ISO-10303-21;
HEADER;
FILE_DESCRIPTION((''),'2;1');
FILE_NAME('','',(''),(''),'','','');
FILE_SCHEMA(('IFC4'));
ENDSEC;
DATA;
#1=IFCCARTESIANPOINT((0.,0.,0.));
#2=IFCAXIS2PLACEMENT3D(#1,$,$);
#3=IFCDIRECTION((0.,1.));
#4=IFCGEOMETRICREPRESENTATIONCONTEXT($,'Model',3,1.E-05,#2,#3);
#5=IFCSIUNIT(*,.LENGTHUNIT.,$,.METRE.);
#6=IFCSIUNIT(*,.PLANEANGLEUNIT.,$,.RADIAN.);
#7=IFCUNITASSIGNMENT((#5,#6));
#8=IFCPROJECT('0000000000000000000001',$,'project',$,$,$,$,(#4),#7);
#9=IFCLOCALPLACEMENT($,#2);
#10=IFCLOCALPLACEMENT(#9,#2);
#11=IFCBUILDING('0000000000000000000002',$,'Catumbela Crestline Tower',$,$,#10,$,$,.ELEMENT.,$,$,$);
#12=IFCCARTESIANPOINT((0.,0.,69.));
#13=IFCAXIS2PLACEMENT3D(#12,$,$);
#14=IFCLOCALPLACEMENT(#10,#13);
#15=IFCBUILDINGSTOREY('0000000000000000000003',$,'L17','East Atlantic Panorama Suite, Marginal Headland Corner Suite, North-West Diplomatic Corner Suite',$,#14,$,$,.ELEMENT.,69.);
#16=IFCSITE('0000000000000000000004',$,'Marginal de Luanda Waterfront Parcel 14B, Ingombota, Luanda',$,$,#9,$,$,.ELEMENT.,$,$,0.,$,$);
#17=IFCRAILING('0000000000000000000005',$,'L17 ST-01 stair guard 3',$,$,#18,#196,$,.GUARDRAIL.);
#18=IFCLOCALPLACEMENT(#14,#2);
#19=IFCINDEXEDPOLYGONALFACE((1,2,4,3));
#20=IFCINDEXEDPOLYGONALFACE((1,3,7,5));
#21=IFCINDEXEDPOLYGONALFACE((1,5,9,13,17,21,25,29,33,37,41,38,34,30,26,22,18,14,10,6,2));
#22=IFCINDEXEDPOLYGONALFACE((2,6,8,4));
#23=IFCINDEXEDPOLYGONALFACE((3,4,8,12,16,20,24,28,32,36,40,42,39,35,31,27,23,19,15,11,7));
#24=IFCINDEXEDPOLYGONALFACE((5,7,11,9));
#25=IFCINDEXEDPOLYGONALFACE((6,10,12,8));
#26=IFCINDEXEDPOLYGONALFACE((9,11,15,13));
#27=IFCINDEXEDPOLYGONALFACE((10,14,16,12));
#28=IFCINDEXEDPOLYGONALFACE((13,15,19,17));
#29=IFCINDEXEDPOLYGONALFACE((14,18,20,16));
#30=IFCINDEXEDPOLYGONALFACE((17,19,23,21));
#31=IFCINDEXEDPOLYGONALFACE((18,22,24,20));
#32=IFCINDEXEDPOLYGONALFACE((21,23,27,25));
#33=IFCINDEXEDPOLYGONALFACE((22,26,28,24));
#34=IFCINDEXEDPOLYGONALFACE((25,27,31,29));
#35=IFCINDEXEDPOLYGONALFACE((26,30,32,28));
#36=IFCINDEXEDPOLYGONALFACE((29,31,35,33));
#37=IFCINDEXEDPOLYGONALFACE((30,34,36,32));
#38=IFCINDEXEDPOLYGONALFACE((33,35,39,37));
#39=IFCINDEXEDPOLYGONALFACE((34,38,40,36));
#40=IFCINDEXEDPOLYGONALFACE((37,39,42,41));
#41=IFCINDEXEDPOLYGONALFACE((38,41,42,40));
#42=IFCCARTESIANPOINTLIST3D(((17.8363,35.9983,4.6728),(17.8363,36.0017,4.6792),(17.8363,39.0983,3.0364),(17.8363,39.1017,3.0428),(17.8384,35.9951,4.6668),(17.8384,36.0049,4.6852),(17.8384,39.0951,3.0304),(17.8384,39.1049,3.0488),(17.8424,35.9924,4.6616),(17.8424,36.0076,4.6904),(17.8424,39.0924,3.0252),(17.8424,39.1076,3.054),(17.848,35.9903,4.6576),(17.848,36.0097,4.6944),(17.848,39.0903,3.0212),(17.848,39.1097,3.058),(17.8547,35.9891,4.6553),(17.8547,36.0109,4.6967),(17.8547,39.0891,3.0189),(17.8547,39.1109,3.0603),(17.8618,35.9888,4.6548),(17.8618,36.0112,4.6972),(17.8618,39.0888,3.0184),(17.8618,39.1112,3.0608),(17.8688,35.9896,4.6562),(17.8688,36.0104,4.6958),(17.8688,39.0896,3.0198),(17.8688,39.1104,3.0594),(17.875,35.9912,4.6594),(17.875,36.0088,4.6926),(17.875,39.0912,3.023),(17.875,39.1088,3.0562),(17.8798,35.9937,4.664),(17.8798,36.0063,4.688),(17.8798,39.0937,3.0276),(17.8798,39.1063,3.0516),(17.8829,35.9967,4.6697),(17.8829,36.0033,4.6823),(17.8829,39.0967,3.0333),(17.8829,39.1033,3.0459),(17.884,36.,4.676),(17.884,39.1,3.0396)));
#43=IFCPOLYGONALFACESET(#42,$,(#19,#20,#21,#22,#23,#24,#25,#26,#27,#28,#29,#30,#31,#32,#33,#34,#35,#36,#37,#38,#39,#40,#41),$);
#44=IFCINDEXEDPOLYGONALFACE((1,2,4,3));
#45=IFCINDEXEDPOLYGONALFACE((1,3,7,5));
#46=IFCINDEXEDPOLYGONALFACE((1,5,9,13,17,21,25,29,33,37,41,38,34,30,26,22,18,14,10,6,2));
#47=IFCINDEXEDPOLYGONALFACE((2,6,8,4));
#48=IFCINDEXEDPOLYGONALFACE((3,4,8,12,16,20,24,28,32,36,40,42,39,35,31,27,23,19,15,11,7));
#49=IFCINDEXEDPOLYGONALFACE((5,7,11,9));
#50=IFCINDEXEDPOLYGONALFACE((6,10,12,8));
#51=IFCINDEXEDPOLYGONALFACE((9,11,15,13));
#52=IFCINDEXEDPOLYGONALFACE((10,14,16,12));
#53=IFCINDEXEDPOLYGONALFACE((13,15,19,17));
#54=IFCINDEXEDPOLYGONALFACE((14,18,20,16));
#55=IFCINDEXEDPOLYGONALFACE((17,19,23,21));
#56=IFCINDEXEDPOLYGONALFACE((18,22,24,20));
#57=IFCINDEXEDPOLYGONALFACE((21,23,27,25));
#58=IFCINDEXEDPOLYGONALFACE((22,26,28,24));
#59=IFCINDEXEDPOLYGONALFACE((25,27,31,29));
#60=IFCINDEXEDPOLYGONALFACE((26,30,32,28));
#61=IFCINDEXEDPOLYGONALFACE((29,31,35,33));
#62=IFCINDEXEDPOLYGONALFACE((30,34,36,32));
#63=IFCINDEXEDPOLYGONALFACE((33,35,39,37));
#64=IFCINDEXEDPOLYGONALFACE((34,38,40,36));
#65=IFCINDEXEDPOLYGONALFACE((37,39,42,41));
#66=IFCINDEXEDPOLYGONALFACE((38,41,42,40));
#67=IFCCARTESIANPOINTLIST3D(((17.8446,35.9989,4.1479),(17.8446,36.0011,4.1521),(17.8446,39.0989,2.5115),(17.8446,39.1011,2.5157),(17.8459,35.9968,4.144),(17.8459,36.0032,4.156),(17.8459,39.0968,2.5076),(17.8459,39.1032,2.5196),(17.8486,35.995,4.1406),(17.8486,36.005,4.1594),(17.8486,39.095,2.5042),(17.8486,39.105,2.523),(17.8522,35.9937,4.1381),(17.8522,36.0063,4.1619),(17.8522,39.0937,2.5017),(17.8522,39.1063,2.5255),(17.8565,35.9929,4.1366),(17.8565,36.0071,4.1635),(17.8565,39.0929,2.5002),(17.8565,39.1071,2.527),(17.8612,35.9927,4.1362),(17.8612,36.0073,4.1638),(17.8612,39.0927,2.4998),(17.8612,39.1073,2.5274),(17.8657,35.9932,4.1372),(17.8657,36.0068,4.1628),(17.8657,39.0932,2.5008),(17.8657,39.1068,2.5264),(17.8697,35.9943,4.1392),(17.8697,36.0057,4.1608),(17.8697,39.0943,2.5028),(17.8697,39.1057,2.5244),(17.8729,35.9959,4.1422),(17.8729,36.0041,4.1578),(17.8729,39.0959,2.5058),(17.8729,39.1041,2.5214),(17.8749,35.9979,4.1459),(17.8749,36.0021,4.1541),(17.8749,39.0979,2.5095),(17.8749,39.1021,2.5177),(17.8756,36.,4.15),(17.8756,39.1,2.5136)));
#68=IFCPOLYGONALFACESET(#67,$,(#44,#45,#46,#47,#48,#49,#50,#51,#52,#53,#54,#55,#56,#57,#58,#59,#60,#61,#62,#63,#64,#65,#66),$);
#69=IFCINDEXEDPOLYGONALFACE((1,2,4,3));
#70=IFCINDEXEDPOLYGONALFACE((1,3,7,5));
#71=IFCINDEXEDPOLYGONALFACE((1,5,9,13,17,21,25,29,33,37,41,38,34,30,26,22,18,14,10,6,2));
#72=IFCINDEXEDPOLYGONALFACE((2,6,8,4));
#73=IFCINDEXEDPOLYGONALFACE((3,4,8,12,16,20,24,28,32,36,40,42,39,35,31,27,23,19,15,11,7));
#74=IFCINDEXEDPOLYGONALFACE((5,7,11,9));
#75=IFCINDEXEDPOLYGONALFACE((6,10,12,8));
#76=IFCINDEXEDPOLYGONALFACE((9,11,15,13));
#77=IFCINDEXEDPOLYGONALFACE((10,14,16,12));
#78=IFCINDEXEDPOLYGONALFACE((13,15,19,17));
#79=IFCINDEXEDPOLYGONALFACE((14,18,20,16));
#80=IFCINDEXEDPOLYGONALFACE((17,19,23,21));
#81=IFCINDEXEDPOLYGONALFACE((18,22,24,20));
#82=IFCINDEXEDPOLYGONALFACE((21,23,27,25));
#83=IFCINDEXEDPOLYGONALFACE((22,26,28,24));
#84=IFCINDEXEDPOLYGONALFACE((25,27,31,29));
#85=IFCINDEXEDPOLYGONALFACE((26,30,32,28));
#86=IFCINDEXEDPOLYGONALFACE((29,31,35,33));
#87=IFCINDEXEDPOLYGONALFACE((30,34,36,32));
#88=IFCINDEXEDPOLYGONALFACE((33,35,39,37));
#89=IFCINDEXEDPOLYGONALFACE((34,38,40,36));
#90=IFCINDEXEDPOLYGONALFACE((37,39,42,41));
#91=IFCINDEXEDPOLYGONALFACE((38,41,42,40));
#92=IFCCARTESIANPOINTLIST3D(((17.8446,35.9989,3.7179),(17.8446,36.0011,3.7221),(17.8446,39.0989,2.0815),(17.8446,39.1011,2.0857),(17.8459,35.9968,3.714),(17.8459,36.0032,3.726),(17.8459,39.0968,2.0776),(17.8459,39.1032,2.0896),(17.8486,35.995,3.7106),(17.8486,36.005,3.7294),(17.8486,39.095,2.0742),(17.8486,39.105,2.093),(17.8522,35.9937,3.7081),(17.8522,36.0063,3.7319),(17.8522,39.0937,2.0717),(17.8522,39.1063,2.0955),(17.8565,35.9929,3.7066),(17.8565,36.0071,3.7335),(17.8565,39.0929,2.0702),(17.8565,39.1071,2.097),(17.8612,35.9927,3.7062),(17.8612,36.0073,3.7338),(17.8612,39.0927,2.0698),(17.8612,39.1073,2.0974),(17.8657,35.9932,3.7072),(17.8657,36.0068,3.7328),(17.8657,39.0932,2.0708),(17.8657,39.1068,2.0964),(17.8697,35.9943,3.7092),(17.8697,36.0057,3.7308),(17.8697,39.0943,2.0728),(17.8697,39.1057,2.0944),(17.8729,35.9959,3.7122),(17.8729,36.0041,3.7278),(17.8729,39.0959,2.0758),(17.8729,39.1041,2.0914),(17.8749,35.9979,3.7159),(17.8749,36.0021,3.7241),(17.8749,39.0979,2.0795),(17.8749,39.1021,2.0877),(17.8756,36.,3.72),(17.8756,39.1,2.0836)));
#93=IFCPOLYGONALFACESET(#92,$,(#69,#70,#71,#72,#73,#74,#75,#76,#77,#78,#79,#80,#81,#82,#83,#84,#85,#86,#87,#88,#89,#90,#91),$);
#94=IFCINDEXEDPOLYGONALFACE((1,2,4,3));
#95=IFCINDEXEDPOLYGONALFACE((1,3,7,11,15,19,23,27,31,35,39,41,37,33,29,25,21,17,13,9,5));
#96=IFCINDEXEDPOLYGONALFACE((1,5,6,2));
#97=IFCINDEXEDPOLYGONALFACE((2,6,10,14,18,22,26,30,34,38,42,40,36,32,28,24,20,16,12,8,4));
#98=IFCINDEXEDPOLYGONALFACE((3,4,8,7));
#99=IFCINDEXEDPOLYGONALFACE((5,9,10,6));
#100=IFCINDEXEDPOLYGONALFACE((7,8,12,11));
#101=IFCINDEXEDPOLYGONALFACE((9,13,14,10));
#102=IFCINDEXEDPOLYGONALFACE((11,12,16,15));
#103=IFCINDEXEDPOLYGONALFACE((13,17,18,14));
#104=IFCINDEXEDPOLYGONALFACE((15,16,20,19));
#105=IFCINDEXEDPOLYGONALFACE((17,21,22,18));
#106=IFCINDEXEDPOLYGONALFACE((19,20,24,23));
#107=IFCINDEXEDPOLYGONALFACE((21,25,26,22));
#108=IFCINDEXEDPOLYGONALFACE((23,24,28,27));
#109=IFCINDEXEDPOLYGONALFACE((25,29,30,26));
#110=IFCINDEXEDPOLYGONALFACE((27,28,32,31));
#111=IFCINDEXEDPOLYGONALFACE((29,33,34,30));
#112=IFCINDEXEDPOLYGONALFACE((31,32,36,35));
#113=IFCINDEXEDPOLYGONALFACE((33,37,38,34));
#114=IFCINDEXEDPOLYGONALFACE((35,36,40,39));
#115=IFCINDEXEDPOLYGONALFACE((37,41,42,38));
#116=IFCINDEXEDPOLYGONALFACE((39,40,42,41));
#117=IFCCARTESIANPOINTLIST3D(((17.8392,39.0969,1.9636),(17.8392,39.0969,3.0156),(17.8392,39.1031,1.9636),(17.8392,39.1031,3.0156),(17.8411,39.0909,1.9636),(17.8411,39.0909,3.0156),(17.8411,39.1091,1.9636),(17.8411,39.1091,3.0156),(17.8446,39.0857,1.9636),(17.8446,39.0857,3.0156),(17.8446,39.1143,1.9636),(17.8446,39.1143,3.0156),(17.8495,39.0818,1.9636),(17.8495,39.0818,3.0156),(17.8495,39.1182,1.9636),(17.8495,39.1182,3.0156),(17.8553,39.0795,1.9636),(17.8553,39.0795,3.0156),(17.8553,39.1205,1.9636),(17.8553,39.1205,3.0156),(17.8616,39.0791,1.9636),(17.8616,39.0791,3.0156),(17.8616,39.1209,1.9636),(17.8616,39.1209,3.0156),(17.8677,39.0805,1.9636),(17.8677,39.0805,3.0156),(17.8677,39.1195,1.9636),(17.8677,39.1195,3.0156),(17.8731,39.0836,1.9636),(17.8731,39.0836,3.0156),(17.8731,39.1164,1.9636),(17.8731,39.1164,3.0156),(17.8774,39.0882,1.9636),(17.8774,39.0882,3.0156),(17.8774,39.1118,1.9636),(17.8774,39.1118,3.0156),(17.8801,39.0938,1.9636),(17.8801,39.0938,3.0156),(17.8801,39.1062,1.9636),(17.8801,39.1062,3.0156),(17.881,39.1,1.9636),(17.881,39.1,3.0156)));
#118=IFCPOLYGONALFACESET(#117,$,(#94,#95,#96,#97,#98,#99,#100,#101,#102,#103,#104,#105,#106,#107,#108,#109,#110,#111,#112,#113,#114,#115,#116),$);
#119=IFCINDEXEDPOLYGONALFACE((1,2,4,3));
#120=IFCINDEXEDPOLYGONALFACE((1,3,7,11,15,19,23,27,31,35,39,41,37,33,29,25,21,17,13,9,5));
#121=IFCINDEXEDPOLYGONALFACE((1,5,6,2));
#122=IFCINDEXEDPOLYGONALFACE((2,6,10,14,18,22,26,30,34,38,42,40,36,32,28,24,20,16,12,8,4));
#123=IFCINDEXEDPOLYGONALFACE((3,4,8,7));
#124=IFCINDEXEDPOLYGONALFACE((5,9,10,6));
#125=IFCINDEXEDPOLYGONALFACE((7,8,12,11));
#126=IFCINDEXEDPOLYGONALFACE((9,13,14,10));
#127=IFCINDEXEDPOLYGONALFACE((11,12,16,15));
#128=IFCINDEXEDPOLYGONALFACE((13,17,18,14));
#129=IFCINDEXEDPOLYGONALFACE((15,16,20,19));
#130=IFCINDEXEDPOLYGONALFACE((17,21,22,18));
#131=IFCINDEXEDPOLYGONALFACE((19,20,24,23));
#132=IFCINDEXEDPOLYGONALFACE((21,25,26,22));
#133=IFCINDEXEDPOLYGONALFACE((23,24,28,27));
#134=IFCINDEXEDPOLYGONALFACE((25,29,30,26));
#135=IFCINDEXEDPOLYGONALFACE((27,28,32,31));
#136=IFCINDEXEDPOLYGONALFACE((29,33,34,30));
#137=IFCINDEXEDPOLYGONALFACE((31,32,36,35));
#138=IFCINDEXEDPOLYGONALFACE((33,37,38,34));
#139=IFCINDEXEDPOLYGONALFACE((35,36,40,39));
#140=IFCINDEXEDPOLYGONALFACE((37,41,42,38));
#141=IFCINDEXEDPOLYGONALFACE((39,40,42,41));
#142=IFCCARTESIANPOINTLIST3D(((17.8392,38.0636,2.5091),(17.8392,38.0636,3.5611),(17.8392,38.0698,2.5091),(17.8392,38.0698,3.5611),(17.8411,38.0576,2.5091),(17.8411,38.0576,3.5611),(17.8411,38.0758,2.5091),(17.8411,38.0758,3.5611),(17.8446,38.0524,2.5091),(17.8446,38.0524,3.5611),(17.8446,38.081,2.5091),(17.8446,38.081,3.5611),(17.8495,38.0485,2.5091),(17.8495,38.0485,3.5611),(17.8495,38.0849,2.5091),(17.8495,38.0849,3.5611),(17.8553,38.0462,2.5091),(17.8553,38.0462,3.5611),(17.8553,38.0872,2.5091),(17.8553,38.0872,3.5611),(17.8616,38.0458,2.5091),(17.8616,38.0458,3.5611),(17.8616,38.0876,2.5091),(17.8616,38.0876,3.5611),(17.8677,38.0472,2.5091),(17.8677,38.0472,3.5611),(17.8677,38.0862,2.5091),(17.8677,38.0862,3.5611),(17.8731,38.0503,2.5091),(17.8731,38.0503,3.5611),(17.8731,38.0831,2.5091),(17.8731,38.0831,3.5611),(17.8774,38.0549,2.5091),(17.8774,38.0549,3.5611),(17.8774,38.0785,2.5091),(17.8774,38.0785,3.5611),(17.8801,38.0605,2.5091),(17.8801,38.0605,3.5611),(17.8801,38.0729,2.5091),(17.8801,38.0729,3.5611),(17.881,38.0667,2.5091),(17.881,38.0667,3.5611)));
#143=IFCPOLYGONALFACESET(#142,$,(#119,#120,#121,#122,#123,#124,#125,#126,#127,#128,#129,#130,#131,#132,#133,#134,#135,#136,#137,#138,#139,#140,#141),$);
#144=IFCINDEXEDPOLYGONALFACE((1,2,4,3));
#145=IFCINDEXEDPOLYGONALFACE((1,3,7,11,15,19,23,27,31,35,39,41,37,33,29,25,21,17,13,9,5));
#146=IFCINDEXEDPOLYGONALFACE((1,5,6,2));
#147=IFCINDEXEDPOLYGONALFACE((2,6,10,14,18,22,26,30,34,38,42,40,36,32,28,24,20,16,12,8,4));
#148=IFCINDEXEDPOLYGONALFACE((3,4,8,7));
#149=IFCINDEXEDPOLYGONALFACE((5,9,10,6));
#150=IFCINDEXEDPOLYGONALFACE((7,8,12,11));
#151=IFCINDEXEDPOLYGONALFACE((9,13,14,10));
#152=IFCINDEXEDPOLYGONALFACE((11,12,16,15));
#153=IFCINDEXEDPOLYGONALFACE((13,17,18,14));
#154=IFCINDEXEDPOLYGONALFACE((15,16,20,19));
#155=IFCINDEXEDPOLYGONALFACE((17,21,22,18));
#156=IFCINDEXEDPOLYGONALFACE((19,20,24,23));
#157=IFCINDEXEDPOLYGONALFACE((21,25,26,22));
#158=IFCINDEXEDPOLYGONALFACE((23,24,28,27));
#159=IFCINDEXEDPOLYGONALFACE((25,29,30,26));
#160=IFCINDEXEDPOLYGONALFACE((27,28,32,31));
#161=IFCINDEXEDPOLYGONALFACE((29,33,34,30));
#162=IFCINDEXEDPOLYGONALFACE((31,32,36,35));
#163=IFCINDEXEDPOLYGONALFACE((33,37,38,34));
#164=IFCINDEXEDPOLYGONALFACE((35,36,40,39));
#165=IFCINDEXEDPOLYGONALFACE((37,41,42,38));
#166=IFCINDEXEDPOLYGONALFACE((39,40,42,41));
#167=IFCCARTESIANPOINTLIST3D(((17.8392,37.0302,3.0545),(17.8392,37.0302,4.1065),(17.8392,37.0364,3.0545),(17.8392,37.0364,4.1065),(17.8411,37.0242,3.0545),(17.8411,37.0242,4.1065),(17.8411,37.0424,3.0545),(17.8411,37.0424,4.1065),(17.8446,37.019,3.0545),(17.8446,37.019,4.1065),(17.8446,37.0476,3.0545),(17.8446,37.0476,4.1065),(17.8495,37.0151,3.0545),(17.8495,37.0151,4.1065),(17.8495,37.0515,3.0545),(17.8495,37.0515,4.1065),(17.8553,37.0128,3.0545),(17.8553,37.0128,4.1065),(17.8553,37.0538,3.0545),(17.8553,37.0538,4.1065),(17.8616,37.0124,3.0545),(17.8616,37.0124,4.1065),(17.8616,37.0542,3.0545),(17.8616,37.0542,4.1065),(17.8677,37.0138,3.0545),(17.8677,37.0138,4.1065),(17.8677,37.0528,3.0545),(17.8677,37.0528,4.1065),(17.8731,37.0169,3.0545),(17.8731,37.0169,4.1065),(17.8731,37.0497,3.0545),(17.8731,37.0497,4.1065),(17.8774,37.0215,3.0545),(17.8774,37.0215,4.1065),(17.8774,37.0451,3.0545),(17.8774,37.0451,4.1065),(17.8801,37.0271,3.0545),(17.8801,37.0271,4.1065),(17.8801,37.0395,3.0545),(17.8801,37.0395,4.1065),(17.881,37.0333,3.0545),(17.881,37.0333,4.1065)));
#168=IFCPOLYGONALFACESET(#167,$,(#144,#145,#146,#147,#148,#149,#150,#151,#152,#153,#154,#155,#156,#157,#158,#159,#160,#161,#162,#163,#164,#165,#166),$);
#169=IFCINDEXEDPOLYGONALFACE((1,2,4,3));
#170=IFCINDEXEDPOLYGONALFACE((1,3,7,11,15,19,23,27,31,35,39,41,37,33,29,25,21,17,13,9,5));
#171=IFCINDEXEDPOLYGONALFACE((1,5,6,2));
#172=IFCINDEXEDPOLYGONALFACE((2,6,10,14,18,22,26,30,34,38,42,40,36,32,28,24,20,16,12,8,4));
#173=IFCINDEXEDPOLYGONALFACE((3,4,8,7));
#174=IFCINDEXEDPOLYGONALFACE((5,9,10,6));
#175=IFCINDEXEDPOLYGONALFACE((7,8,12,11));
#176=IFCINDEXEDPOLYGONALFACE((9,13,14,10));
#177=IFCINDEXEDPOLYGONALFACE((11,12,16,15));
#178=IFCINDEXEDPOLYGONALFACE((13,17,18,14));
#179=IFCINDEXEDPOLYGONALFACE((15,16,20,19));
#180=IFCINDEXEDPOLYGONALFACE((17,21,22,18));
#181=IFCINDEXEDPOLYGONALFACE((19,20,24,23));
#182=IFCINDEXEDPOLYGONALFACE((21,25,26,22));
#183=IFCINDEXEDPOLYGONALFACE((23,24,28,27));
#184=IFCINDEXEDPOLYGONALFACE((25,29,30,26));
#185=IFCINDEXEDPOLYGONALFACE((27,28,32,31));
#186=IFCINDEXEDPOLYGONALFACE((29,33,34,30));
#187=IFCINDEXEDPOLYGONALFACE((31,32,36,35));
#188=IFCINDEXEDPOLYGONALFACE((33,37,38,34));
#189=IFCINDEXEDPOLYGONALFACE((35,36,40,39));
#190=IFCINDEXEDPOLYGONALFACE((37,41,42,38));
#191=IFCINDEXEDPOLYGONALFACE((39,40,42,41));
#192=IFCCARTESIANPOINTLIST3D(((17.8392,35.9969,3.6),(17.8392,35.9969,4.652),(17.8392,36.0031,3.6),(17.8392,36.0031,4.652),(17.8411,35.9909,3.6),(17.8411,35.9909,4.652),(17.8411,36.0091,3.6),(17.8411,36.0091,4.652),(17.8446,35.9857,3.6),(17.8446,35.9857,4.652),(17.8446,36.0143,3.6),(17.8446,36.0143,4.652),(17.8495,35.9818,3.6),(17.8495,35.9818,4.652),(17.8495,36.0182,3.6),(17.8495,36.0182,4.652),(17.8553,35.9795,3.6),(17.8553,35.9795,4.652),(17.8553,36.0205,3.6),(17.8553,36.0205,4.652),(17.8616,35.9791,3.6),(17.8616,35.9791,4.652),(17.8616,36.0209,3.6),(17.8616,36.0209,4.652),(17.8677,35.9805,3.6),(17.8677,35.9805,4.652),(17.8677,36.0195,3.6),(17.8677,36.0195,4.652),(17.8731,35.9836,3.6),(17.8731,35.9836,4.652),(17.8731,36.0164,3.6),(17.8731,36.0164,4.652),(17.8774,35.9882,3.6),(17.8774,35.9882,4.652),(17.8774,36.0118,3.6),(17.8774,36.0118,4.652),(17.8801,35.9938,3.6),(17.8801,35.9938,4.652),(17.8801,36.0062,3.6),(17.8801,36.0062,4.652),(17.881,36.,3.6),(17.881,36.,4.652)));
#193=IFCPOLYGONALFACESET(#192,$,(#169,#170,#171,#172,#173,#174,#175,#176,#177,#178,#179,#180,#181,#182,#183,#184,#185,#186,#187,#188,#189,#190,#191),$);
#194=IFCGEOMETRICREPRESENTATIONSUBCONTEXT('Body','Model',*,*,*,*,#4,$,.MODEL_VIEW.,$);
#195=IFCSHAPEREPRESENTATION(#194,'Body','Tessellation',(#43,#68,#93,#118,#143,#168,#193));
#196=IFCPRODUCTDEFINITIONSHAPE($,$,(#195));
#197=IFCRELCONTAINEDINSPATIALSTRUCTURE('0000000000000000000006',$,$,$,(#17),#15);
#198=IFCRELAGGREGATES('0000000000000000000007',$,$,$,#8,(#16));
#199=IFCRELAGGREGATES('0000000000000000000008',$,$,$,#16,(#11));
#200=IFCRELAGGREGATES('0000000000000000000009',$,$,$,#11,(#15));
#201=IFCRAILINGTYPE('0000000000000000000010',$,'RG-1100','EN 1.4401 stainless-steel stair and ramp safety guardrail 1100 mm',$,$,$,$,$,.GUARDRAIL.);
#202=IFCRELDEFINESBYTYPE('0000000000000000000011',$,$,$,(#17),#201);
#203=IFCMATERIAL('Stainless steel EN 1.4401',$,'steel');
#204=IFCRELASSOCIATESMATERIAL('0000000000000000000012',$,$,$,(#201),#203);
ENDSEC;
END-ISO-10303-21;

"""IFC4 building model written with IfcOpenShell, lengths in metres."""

from ifc_helpers import new_model, si_unit, direction, frame, origin, origin_2d, place, context, subcontext, project, spatial, circle, extrude, material, type_object, element, save


model = new_model("IFC4")

# Units and contexts
model_context = context("Model", 3, precision=1e-05, world=origin(), true_north=direction((0.0, 1.0)))
body_context = subcontext(model_context, "Body", "Model", "MODEL_VIEW")
ifc_project = project(units=[si_unit("LENGTHUNIT", "METRE"), si_unit("PLANEANGLEUNIT", "RADIAN")], contexts=[model_context])

# Site, building, storey
site_placement = place(None, origin())
site = spatial("IfcSite", under=ifc_project, at=site_placement, Name="Marginal de Luanda Waterfront Parcel 14B, Ingombota, Luanda", CompositionType="ELEMENT", RefElevation=0.0)
building_placement = place(site_placement, origin())
building = spatial("IfcBuilding", under=site, at=building_placement, Name="Catumbela Crestline Tower", CompositionType="ELEMENT")
storey_placement = place(building_placement, frame((0.0, 0.0, 69.0)))
storey = spatial("IfcBuildingStorey", under=building, at=storey_placement, Name="L17", Description="East Atlantic Panorama Suite, Marginal Headland Corner Suite, North-West Diplomatic Corner Suite", CompositionType="ELEMENT", Elevation=69.0)

# Shared definitions
ifc_material_1 = material(Name="Stainless steel EN 1.4401", Category="steel")

# Railing
railing_type_1 = type_object("IfcRailingType", Name="RG-1100", Description="EN 1.4401 stainless-steel stair and ramp safety guardrail 1100 mm", PredefinedType="GUARDRAIL", material=ifc_material_1)
railing_1_placement = place(storey_placement, frame((17.86, 39.1, 1.9636)))
element("IfcRailing", 1, at=railing_1_placement, inside=storey, type_object=railing_type_1, Name="L17 ST-01 stair guard 3", PredefinedType="GUARDRAIL", context=body_context, shape_type="SweptSolid", body=[
    extrude(circle(Radius=0.024, at=origin_2d()), frame((0.0, 0.0, 1.076), z_axis=(0.0, -0.884351, 0.466823), x_axis=(1.0, 0.0, 0.0)), (0.0, 0.0, 1.0), 3.5054),
    extrude(circle(Radius=0.0156, at=origin_2d()), frame((0.0, 0.0, 0.55), z_axis=(0.0, -0.884351, 0.466823), x_axis=(1.0, 0.0, 0.0)), (0.0, 0.0, 1.0), 3.5054),
    extrude(circle(Radius=0.0156, at=origin_2d()), frame((0.0, 0.0, 0.12), z_axis=(0.0, -0.884351, 0.466823), x_axis=(1.0, 0.0, 0.0)), (0.0, 0.0, 1.0), 3.5054),
    extrude(circle(Radius=0.021, at=origin_2d()), origin(), (0.0, 0.0, 1.0), 1.052),
    extrude(circle(Radius=0.021, at=origin_2d()), frame((0.0, -1.0333, 0.5455)), (0.0, 0.0, 1.0), 1.052),
    extrude(circle(Radius=0.021, at=origin_2d()), frame((0.0, -2.0667, 1.0909)), (0.0, 0.0, 1.0), 1.052),
    extrude(circle(Radius=0.021, at=origin_2d()), frame((0.0, -3.1, 1.6364)), (0.0, 0.0, 1.0), 1.052),
])

save(model, "model.ifc")
